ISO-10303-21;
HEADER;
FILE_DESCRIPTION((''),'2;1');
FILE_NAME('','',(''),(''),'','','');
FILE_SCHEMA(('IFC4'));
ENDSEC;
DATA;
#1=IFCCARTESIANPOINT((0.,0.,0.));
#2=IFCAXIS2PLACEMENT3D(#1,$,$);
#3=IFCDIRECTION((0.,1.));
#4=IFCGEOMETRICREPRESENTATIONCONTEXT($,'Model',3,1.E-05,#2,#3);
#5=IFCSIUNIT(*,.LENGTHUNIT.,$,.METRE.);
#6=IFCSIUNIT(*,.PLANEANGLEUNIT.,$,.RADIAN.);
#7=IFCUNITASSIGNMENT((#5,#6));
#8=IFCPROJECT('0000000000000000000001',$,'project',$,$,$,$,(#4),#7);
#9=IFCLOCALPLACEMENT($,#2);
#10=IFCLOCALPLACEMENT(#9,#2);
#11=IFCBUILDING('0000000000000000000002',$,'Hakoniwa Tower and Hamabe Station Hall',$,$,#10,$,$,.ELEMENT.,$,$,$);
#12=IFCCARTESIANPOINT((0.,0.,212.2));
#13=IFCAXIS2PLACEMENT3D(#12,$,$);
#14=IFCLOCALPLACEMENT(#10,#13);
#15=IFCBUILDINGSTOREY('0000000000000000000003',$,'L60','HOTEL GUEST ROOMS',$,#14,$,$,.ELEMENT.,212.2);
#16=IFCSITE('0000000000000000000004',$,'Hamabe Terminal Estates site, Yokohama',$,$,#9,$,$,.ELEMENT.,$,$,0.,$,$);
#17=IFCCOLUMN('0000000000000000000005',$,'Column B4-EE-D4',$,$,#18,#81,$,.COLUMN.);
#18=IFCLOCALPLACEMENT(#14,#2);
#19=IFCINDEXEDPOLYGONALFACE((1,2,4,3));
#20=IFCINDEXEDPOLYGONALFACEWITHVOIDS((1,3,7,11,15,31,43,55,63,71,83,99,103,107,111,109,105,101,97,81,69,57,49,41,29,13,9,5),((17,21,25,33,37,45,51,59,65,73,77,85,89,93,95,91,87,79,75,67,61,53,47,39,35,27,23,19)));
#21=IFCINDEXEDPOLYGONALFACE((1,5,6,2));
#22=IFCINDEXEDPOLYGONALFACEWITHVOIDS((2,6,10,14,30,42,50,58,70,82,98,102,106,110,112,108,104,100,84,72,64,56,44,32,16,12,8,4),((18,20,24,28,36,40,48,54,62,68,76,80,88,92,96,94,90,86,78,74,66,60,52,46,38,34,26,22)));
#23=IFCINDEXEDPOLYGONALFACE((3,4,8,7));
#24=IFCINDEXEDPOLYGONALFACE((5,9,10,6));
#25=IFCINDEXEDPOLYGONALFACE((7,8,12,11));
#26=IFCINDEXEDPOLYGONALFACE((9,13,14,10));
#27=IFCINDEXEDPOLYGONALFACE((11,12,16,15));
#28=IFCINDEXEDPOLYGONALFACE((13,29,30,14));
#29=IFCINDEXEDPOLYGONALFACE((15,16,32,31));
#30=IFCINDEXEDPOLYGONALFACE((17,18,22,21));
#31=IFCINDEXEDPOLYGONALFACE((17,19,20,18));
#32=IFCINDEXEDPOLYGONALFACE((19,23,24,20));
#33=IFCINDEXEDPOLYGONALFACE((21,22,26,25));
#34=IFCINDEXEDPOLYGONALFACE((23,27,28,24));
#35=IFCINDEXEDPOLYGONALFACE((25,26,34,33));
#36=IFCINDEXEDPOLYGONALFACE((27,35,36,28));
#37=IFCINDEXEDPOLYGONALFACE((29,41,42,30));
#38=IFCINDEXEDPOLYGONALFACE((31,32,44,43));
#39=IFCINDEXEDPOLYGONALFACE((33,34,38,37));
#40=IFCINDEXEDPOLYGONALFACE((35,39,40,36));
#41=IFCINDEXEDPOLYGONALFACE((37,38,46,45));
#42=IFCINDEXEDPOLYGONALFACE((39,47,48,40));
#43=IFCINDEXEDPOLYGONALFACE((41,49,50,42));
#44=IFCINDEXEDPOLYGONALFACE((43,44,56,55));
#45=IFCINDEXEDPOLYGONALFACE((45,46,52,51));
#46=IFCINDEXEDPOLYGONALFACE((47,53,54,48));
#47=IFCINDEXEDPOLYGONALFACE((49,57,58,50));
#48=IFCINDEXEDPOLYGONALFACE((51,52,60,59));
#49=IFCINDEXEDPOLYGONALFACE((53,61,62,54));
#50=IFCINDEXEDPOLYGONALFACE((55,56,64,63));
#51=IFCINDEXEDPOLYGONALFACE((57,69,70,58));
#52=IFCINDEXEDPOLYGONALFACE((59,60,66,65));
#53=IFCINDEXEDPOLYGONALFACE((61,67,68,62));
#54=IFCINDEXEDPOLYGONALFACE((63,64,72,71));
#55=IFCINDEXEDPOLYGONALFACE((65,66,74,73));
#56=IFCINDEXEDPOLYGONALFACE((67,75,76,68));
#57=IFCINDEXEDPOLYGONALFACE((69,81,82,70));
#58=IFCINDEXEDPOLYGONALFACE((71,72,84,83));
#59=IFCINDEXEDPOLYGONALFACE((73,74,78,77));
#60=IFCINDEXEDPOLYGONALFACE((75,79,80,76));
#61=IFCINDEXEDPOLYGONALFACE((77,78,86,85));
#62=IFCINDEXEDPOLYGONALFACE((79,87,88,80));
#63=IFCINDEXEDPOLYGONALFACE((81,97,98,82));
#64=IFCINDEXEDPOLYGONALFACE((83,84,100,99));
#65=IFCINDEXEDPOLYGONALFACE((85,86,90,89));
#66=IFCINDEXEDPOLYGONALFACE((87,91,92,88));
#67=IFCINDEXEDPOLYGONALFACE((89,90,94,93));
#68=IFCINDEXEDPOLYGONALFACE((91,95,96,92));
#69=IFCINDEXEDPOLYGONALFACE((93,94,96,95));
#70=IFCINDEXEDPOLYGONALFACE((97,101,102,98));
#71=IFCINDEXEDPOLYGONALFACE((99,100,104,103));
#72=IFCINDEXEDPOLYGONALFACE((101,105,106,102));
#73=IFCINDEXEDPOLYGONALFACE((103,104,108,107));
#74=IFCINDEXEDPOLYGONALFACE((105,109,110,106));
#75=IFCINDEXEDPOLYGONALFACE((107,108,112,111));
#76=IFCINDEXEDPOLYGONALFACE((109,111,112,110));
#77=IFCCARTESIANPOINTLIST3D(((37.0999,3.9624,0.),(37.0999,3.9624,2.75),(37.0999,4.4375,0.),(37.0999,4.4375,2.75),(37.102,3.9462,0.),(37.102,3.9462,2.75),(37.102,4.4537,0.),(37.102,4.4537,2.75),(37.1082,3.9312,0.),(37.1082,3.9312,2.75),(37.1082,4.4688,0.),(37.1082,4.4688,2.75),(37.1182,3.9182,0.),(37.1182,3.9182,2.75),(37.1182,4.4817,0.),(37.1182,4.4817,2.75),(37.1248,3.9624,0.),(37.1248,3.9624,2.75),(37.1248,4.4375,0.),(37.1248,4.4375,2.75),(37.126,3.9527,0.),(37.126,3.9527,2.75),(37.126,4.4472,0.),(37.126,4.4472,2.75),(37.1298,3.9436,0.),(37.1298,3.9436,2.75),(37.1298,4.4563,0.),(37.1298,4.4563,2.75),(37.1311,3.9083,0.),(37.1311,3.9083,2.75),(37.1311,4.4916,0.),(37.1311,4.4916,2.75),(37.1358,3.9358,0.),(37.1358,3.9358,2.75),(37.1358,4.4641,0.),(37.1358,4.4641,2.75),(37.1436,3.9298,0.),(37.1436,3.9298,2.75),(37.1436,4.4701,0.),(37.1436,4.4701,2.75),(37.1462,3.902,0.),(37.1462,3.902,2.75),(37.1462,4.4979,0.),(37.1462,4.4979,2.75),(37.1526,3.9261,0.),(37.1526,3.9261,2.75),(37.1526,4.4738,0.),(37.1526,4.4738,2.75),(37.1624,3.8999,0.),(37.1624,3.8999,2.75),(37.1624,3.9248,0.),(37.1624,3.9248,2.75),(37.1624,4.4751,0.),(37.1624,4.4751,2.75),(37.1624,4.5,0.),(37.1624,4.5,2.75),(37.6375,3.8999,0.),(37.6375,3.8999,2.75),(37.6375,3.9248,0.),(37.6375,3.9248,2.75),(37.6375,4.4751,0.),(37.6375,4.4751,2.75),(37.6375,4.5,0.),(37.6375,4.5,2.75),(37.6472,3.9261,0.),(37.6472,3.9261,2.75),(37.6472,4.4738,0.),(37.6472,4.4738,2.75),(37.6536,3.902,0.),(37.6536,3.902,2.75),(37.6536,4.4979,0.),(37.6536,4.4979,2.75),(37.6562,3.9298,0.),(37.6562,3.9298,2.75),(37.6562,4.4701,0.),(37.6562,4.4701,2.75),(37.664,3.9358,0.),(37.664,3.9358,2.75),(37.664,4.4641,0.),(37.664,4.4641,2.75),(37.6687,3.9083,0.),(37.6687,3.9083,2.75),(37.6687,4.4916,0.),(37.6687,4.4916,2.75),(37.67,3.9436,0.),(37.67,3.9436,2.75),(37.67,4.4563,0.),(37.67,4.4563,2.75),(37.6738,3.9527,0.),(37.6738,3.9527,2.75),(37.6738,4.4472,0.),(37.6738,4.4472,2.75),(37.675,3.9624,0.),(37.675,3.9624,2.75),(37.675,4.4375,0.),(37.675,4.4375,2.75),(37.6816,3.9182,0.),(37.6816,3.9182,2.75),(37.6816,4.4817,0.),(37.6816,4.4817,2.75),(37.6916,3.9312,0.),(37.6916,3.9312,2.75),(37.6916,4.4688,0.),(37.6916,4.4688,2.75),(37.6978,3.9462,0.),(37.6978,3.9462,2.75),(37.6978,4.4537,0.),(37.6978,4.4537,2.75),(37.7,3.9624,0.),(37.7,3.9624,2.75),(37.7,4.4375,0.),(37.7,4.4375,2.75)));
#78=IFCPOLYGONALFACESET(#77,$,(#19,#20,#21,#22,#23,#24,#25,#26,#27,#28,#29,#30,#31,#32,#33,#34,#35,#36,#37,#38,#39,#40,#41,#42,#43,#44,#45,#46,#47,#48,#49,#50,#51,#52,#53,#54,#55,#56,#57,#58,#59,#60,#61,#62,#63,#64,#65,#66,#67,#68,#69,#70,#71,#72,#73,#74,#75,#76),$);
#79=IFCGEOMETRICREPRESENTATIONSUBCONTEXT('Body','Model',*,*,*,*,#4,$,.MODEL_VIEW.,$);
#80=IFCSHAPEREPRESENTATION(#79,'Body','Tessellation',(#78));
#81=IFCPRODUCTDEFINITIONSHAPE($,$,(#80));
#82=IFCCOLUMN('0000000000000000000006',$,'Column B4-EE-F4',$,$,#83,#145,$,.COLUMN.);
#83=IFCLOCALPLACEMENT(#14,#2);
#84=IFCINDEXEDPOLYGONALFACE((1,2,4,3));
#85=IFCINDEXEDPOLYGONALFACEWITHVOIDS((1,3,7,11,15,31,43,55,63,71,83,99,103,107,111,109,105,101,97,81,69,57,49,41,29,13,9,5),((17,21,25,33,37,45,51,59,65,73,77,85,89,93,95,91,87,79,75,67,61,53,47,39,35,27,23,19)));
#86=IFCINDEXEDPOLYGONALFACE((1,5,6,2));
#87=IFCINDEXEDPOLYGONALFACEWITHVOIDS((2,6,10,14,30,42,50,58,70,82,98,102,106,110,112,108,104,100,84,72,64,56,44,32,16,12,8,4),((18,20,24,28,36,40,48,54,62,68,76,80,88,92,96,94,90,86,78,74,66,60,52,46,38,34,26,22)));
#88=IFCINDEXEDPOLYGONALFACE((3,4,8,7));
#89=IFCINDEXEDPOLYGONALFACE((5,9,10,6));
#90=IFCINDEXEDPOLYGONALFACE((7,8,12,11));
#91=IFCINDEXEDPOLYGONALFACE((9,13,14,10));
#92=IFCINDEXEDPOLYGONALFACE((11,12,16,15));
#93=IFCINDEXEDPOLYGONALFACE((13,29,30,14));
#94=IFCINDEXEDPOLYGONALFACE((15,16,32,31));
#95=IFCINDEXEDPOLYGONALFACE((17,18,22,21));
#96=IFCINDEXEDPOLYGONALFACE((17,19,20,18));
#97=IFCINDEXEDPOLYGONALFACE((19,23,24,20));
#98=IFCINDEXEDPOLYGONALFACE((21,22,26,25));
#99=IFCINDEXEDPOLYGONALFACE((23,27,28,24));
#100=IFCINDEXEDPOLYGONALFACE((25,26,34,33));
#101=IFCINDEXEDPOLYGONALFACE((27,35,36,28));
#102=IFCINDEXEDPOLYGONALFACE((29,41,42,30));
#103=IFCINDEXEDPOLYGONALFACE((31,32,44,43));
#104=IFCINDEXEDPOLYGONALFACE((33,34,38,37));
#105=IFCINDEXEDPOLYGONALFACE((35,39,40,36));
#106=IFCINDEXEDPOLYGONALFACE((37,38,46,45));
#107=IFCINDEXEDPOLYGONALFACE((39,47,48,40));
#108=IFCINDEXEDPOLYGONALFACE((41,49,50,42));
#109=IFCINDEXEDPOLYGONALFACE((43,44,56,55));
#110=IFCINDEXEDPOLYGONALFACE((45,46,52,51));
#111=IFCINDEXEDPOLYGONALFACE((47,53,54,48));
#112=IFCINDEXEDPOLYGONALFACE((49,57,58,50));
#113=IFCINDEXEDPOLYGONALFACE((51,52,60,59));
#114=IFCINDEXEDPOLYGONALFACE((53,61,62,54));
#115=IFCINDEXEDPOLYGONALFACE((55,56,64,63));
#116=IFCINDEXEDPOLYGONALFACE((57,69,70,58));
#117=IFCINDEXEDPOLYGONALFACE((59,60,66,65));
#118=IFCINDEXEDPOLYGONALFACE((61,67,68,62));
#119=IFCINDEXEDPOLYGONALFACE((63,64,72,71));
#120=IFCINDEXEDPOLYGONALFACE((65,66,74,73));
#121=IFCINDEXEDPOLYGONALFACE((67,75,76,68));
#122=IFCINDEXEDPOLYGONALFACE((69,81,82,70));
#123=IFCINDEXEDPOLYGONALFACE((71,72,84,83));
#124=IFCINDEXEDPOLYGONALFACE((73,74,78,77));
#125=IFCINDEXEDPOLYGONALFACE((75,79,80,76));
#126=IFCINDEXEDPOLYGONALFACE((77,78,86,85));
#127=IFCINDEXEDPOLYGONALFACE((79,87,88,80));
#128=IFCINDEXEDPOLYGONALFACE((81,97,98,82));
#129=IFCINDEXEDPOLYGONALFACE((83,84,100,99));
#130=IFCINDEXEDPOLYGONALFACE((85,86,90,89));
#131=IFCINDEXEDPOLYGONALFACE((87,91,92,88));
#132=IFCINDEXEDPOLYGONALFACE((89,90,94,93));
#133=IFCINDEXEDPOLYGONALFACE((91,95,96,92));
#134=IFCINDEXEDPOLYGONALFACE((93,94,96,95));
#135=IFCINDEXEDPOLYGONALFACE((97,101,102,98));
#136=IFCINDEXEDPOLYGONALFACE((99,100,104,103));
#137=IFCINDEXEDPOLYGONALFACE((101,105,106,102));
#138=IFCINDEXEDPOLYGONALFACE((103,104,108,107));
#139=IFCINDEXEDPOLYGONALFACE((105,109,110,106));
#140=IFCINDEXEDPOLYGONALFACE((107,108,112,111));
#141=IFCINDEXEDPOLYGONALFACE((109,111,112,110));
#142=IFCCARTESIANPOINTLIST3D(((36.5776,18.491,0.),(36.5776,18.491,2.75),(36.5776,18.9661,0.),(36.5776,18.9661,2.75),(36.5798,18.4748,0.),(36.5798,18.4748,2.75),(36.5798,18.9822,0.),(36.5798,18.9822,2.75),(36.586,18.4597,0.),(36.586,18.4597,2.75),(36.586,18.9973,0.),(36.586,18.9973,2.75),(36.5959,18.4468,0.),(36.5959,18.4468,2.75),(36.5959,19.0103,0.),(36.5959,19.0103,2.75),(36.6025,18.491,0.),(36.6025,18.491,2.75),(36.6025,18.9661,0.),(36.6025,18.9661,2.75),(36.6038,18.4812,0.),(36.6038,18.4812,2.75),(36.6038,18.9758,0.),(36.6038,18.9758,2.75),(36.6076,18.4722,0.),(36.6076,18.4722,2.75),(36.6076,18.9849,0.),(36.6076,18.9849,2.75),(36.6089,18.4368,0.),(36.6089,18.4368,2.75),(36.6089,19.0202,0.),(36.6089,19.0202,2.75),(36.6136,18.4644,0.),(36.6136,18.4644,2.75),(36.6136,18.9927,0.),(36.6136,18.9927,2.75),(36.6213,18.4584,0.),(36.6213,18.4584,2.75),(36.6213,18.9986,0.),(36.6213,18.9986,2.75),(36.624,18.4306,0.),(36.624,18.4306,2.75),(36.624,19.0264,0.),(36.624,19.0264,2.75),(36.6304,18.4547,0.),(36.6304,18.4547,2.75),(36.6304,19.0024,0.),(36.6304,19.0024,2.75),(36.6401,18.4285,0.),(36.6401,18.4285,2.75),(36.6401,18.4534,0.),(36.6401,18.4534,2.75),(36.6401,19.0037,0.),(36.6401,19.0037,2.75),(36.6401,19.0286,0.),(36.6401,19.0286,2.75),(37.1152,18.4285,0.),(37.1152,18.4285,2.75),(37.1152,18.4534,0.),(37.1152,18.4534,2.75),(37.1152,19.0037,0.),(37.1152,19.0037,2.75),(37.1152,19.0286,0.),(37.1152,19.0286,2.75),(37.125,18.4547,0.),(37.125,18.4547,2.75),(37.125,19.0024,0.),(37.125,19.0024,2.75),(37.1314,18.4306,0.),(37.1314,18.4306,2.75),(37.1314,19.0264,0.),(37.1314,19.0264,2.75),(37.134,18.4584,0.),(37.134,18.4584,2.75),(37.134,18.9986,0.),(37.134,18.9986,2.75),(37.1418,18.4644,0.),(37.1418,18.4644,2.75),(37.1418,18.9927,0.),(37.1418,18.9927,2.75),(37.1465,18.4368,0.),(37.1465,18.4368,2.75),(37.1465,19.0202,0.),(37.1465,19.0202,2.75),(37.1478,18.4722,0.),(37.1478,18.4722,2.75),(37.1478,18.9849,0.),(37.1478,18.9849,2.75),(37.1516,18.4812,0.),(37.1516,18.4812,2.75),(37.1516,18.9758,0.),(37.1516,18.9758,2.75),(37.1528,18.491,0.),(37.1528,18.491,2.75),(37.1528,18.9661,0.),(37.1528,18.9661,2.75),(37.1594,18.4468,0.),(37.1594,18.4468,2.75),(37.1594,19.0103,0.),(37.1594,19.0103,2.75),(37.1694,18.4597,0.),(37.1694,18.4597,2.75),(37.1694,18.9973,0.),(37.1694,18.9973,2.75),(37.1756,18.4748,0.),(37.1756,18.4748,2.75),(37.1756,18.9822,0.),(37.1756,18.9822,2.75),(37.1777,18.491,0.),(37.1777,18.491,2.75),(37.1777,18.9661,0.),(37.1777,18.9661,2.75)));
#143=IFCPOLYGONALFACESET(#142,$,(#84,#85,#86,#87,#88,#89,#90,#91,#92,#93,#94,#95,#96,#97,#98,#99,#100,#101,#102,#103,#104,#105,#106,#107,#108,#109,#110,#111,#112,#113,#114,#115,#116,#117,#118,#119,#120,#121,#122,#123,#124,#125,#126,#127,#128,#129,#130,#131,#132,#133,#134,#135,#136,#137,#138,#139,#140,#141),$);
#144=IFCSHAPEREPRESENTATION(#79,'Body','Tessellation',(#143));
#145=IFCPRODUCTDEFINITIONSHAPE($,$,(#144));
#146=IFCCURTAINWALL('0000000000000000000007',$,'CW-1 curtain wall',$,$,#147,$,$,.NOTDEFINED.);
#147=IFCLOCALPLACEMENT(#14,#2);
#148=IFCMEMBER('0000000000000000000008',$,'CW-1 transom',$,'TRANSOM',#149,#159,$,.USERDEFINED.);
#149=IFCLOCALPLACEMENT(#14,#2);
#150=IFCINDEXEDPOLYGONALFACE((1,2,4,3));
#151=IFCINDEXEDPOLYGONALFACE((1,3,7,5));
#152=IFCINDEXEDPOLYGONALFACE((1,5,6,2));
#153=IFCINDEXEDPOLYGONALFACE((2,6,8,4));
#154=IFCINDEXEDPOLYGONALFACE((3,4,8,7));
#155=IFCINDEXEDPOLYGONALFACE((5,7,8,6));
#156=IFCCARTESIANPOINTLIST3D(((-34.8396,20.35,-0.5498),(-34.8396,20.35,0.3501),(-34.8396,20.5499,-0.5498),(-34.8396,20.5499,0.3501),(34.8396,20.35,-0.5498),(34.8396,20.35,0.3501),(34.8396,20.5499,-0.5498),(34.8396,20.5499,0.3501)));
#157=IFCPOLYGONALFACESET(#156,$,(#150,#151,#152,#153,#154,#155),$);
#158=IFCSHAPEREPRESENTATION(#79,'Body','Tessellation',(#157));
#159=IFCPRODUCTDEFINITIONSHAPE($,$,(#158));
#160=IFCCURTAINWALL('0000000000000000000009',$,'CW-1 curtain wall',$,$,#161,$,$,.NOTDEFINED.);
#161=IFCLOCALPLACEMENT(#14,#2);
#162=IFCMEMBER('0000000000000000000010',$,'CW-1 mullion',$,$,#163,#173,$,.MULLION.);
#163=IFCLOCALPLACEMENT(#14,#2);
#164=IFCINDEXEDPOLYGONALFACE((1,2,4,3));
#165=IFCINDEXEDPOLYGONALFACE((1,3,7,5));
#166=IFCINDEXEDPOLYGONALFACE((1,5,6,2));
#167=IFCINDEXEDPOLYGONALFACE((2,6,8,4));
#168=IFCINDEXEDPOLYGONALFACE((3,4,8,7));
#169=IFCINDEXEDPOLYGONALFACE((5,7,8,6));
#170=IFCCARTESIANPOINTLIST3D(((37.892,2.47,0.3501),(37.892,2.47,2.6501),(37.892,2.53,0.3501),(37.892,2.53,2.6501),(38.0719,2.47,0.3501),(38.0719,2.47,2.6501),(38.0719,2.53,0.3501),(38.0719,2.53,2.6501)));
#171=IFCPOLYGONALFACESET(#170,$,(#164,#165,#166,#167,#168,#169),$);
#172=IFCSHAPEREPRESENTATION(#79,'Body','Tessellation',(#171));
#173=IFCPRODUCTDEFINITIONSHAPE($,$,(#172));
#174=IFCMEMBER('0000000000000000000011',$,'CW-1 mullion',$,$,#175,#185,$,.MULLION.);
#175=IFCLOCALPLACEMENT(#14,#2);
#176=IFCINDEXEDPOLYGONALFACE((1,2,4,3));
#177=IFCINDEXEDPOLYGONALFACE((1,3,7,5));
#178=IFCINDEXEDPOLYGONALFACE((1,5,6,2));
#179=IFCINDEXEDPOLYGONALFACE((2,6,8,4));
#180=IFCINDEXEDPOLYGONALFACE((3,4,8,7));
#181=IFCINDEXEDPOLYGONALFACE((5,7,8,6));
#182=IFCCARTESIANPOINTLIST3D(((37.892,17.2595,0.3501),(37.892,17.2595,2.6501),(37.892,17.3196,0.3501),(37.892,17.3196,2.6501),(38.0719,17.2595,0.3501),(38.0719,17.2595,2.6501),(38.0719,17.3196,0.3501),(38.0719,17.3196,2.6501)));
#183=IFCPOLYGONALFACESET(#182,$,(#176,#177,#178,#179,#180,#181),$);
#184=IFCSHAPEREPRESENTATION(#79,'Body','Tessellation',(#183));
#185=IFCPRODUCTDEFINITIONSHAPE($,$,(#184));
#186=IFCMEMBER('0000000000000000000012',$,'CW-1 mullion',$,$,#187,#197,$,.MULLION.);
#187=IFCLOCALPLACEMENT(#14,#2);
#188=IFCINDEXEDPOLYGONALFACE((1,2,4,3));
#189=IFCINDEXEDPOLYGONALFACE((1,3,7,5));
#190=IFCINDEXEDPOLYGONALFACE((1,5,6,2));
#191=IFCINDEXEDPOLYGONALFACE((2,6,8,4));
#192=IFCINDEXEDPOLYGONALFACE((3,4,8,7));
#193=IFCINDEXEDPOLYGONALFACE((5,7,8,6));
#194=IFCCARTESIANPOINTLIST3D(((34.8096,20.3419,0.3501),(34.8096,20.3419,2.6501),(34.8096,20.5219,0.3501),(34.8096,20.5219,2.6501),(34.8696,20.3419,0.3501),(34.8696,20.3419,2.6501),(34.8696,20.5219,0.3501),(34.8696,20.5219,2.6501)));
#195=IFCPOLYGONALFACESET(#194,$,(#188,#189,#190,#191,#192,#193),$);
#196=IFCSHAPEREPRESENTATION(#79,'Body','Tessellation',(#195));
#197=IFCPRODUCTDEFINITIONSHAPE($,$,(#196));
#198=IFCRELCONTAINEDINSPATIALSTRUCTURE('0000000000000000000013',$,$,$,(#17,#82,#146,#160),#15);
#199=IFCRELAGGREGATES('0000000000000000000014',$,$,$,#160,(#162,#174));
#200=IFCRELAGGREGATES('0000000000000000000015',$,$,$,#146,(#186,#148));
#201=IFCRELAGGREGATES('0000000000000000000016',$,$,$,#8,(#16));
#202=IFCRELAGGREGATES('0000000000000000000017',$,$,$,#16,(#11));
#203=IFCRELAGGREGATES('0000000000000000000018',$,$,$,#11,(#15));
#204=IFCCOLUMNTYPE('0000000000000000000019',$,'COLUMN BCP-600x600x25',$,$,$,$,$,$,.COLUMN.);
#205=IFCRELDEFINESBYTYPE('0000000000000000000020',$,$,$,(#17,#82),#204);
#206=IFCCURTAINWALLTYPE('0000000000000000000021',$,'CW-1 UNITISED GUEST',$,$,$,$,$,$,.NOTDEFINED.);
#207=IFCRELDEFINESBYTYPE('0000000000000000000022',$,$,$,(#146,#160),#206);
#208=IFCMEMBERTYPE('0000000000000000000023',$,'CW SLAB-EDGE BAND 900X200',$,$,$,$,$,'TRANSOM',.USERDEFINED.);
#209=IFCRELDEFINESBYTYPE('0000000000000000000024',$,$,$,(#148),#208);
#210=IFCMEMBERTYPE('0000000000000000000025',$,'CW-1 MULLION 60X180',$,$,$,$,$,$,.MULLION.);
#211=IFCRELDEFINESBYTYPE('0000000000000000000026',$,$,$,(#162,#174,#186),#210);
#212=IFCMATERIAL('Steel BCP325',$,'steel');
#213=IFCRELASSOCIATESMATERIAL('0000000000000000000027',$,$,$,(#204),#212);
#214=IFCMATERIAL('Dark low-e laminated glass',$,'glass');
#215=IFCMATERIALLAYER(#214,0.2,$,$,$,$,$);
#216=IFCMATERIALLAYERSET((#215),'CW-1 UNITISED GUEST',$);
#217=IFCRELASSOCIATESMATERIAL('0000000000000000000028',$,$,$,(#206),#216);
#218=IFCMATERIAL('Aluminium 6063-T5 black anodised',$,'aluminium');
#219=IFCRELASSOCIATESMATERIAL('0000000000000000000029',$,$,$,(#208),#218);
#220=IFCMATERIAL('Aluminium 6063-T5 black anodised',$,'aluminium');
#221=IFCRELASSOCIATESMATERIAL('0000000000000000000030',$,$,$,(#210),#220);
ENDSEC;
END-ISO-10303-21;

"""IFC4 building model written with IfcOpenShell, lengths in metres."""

from ifc_helpers import new_model, si_unit, direction, frame, origin, origin_2d, place, context, subcontext, project, spatial, rectangle, hollow_rectangle, extrude, material, layer, layer_set, material_profile, profile_set, type_object, element, aggregate, save


model = new_model("IFC4")

# Units and contexts
model_context = context("Model", 3, precision=1e-05, world=origin(), true_north=direction((0.0, 1.0)))
body_context = subcontext(model_context, "Body", "Model", "MODEL_VIEW")
ifc_project = project(units=[si_unit("LENGTHUNIT", "METRE"), si_unit("PLANEANGLEUNIT", "RADIAN")], contexts=[model_context])

# Site, building, storey
site_placement = place(None, origin())
site = spatial("IfcSite", under=ifc_project, at=site_placement, Name="Hamabe Terminal Estates site, Yokohama", CompositionType="ELEMENT", RefElevation=0.0)
building_placement = place(site_placement, origin())
building = spatial("IfcBuilding", under=site, at=building_placement, Name="Hakoniwa Tower and Hamabe Station Hall", CompositionType="ELEMENT")
storey_placement = place(building_placement, frame((0.0, 0.0, 212.2)))
storey = spatial("IfcBuildingStorey", under=building, at=storey_placement, Name="L60", Description="HOTEL GUEST ROOMS", CompositionType="ELEMENT", Elevation=212.2)

# Columns
ifc_material_1 = material(Name="Steel BCP325", Category="steel")
ifc_material_profile_1 = material_profile(ifc_material_1, hollow_rectangle(XDim=0.6001, YDim=0.6001, WallThickness=0.0249, InnerFilletRadius=0.0376, OuterFilletRadius=0.0625, at=origin_2d()), Name="BCP-600x600x25")
ifc_profile_set_1 = profile_set([ifc_material_profile_1], Name="Steel BCP325")
column_type = type_object("IfcColumnType", Name="COLUMN BCP-600x600x25", PredefinedType="COLUMN", material=ifc_profile_set_1)
for number, where, z_axis, x_axis, name in (
    (1, (37.3999, 4.2, 0.0), (0.0, 0.0, 1.0), (1.0, 0.0, 0.0), "Column B4-EE-D4"),
    (2, (36.8777, 18.7285, 0.0), (0.0, 0.0, 1.0), (1.0, 0.0, 0.0), "Column B4-EE-F4"),
):
    element("IfcColumn", number, at=place(storey_placement, frame(where, z_axis=z_axis, x_axis=x_axis)), inside=storey, type_object=column_type, Name=name, PredefinedType="COLUMN", context=body_context, shape_type="SweptSolid", body=[
        extrude(hollow_rectangle(XDim=0.6001, YDim=0.6001, WallThickness=0.0249, InnerFilletRadius=0.0376, OuterFilletRadius=0.0625, at=origin_2d()), origin(), (0.0, 0.0, 1.0), 2.75),
    ])

# Curtain wall, member
ifc_material_2 = material(Name="Dark low-e laminated glass", Category="glass")
ifc_layer_1 = layer(ifc_material_2, 0.2)
ifc_layer_set_1 = layer_set([ifc_layer_1], Name="CW-1 UNITISED GUEST")
curtain_wall_type = type_object("IfcCurtainWallType", Name="CW-1 UNITISED GUEST", PredefinedType="NOTDEFINED", material=ifc_layer_set_1)
curtain_wall_1_placement = place(storey_placement, origin())
curtain_wall_1 = element("IfcCurtainWall", 3, at=curtain_wall_1_placement, inside=storey, type_object=curtain_wall_type, Name="CW-1 curtain wall", PredefinedType="NOTDEFINED")
ifc_material_3 = material(Name="Aluminium 6063-T5 black anodised", Category="aluminium")
ifc_material_profile_2 = material_profile(ifc_material_3, rectangle(XDim=0.2, YDim=0.8999, at=origin_2d()), Name="CW SLAB-EDGE BAND 900X200")
ifc_profile_set_2 = profile_set([ifc_material_profile_2], Name="Aluminium 6063-T5 black anodised")
member_type_1 = type_object("IfcMemberType", Name="CW SLAB-EDGE BAND 900X200", ElementType="TRANSOM", PredefinedType="USERDEFINED", material=ifc_profile_set_2)
member_1_placement = place(storey_placement, frame((34.8396, 20.45, -0.0999), z_axis=(-1.0, 0.0, 0.0), x_axis=(0.0, -1.0, 0.0)))
member_1 = element("IfcMember", 4, at=member_1_placement, type_object=member_type_1, Name="CW-1 transom", ObjectType="TRANSOM", PredefinedType="USERDEFINED", context=body_context, shape_type="SweptSolid", body=[
    extrude(rectangle(XDim=0.2, YDim=0.8999, at=origin_2d()), origin(), (0.0, 0.0, 1.0), 69.6792),
])

# Curtain wall, members
curtain_wall_2_placement = place(storey_placement, origin())
curtain_wall_2 = element("IfcCurtainWall", 5, at=curtain_wall_2_placement, inside=storey, type_object=curtain_wall_type, Name="CW-1 curtain wall", PredefinedType="NOTDEFINED")
ifc_material_4 = material(Name="Aluminium 6063-T5 black anodised", Category="aluminium")
ifc_material_profile_3 = material_profile(ifc_material_4, rectangle(XDim=0.0601, YDim=0.1799, at=origin_2d()), Name="CW-1 MULLION 60X180")
ifc_profile_set_3 = profile_set([ifc_material_profile_3], Name="Aluminium 6063-T5 black anodised")
member_type_2 = type_object("IfcMemberType", Name="CW-1 MULLION 60X180", PredefinedType="MULLION", material=ifc_profile_set_3)
member_2_placement = place(storey_placement, frame((37.9819, 2.5, 0.3501), z_axis=(0.0, 0.0, 1.0), x_axis=(0.0, 1.0, 0.0)))
member_2 = element("IfcMember", 6, at=member_2_placement, type_object=member_type_2, Name="CW-1 mullion", PredefinedType="MULLION", context=body_context, shape_type="SweptSolid", body=[
    extrude(rectangle(XDim=0.0601, YDim=0.1799, at=origin_2d()), origin(), (0.0, 0.0, 1.0), 2.3),
])
member_3_placement = place(storey_placement, frame((37.9819, 17.2896, 0.3501), z_axis=(0.0, 0.0, 1.0), x_axis=(0.0, 1.0, 0.0)))
member_3 = element("IfcMember", 7, at=member_3_placement, type_object=member_type_2, Name="CW-1 mullion", PredefinedType="MULLION", context=body_context, shape_type="SweptSolid", body=[
    extrude(rectangle(XDim=0.0601, YDim=0.1799, at=origin_2d()), origin(), (0.0, 0.0, 1.0), 2.3),
])

# Member
member_4_placement = place(storey_placement, frame((34.8396, 20.4319, 0.3501), z_axis=(0.0, 0.0, 1.0), x_axis=(-1.0, 0.0, 0.0)))
member_4 = element("IfcMember", 8, at=member_4_placement, type_object=member_type_2, Name="CW-1 mullion", PredefinedType="MULLION", context=body_context, shape_type="SweptSolid", body=[
    extrude(rectangle(XDim=0.0601, YDim=0.1799, at=origin_2d()), origin(), (0.0, 0.0, 1.0), 2.3),
])

aggregate(curtain_wall_2, [member_2, member_3])
aggregate(curtain_wall_1, [member_4, member_1])

save(model, "model.ifc")
